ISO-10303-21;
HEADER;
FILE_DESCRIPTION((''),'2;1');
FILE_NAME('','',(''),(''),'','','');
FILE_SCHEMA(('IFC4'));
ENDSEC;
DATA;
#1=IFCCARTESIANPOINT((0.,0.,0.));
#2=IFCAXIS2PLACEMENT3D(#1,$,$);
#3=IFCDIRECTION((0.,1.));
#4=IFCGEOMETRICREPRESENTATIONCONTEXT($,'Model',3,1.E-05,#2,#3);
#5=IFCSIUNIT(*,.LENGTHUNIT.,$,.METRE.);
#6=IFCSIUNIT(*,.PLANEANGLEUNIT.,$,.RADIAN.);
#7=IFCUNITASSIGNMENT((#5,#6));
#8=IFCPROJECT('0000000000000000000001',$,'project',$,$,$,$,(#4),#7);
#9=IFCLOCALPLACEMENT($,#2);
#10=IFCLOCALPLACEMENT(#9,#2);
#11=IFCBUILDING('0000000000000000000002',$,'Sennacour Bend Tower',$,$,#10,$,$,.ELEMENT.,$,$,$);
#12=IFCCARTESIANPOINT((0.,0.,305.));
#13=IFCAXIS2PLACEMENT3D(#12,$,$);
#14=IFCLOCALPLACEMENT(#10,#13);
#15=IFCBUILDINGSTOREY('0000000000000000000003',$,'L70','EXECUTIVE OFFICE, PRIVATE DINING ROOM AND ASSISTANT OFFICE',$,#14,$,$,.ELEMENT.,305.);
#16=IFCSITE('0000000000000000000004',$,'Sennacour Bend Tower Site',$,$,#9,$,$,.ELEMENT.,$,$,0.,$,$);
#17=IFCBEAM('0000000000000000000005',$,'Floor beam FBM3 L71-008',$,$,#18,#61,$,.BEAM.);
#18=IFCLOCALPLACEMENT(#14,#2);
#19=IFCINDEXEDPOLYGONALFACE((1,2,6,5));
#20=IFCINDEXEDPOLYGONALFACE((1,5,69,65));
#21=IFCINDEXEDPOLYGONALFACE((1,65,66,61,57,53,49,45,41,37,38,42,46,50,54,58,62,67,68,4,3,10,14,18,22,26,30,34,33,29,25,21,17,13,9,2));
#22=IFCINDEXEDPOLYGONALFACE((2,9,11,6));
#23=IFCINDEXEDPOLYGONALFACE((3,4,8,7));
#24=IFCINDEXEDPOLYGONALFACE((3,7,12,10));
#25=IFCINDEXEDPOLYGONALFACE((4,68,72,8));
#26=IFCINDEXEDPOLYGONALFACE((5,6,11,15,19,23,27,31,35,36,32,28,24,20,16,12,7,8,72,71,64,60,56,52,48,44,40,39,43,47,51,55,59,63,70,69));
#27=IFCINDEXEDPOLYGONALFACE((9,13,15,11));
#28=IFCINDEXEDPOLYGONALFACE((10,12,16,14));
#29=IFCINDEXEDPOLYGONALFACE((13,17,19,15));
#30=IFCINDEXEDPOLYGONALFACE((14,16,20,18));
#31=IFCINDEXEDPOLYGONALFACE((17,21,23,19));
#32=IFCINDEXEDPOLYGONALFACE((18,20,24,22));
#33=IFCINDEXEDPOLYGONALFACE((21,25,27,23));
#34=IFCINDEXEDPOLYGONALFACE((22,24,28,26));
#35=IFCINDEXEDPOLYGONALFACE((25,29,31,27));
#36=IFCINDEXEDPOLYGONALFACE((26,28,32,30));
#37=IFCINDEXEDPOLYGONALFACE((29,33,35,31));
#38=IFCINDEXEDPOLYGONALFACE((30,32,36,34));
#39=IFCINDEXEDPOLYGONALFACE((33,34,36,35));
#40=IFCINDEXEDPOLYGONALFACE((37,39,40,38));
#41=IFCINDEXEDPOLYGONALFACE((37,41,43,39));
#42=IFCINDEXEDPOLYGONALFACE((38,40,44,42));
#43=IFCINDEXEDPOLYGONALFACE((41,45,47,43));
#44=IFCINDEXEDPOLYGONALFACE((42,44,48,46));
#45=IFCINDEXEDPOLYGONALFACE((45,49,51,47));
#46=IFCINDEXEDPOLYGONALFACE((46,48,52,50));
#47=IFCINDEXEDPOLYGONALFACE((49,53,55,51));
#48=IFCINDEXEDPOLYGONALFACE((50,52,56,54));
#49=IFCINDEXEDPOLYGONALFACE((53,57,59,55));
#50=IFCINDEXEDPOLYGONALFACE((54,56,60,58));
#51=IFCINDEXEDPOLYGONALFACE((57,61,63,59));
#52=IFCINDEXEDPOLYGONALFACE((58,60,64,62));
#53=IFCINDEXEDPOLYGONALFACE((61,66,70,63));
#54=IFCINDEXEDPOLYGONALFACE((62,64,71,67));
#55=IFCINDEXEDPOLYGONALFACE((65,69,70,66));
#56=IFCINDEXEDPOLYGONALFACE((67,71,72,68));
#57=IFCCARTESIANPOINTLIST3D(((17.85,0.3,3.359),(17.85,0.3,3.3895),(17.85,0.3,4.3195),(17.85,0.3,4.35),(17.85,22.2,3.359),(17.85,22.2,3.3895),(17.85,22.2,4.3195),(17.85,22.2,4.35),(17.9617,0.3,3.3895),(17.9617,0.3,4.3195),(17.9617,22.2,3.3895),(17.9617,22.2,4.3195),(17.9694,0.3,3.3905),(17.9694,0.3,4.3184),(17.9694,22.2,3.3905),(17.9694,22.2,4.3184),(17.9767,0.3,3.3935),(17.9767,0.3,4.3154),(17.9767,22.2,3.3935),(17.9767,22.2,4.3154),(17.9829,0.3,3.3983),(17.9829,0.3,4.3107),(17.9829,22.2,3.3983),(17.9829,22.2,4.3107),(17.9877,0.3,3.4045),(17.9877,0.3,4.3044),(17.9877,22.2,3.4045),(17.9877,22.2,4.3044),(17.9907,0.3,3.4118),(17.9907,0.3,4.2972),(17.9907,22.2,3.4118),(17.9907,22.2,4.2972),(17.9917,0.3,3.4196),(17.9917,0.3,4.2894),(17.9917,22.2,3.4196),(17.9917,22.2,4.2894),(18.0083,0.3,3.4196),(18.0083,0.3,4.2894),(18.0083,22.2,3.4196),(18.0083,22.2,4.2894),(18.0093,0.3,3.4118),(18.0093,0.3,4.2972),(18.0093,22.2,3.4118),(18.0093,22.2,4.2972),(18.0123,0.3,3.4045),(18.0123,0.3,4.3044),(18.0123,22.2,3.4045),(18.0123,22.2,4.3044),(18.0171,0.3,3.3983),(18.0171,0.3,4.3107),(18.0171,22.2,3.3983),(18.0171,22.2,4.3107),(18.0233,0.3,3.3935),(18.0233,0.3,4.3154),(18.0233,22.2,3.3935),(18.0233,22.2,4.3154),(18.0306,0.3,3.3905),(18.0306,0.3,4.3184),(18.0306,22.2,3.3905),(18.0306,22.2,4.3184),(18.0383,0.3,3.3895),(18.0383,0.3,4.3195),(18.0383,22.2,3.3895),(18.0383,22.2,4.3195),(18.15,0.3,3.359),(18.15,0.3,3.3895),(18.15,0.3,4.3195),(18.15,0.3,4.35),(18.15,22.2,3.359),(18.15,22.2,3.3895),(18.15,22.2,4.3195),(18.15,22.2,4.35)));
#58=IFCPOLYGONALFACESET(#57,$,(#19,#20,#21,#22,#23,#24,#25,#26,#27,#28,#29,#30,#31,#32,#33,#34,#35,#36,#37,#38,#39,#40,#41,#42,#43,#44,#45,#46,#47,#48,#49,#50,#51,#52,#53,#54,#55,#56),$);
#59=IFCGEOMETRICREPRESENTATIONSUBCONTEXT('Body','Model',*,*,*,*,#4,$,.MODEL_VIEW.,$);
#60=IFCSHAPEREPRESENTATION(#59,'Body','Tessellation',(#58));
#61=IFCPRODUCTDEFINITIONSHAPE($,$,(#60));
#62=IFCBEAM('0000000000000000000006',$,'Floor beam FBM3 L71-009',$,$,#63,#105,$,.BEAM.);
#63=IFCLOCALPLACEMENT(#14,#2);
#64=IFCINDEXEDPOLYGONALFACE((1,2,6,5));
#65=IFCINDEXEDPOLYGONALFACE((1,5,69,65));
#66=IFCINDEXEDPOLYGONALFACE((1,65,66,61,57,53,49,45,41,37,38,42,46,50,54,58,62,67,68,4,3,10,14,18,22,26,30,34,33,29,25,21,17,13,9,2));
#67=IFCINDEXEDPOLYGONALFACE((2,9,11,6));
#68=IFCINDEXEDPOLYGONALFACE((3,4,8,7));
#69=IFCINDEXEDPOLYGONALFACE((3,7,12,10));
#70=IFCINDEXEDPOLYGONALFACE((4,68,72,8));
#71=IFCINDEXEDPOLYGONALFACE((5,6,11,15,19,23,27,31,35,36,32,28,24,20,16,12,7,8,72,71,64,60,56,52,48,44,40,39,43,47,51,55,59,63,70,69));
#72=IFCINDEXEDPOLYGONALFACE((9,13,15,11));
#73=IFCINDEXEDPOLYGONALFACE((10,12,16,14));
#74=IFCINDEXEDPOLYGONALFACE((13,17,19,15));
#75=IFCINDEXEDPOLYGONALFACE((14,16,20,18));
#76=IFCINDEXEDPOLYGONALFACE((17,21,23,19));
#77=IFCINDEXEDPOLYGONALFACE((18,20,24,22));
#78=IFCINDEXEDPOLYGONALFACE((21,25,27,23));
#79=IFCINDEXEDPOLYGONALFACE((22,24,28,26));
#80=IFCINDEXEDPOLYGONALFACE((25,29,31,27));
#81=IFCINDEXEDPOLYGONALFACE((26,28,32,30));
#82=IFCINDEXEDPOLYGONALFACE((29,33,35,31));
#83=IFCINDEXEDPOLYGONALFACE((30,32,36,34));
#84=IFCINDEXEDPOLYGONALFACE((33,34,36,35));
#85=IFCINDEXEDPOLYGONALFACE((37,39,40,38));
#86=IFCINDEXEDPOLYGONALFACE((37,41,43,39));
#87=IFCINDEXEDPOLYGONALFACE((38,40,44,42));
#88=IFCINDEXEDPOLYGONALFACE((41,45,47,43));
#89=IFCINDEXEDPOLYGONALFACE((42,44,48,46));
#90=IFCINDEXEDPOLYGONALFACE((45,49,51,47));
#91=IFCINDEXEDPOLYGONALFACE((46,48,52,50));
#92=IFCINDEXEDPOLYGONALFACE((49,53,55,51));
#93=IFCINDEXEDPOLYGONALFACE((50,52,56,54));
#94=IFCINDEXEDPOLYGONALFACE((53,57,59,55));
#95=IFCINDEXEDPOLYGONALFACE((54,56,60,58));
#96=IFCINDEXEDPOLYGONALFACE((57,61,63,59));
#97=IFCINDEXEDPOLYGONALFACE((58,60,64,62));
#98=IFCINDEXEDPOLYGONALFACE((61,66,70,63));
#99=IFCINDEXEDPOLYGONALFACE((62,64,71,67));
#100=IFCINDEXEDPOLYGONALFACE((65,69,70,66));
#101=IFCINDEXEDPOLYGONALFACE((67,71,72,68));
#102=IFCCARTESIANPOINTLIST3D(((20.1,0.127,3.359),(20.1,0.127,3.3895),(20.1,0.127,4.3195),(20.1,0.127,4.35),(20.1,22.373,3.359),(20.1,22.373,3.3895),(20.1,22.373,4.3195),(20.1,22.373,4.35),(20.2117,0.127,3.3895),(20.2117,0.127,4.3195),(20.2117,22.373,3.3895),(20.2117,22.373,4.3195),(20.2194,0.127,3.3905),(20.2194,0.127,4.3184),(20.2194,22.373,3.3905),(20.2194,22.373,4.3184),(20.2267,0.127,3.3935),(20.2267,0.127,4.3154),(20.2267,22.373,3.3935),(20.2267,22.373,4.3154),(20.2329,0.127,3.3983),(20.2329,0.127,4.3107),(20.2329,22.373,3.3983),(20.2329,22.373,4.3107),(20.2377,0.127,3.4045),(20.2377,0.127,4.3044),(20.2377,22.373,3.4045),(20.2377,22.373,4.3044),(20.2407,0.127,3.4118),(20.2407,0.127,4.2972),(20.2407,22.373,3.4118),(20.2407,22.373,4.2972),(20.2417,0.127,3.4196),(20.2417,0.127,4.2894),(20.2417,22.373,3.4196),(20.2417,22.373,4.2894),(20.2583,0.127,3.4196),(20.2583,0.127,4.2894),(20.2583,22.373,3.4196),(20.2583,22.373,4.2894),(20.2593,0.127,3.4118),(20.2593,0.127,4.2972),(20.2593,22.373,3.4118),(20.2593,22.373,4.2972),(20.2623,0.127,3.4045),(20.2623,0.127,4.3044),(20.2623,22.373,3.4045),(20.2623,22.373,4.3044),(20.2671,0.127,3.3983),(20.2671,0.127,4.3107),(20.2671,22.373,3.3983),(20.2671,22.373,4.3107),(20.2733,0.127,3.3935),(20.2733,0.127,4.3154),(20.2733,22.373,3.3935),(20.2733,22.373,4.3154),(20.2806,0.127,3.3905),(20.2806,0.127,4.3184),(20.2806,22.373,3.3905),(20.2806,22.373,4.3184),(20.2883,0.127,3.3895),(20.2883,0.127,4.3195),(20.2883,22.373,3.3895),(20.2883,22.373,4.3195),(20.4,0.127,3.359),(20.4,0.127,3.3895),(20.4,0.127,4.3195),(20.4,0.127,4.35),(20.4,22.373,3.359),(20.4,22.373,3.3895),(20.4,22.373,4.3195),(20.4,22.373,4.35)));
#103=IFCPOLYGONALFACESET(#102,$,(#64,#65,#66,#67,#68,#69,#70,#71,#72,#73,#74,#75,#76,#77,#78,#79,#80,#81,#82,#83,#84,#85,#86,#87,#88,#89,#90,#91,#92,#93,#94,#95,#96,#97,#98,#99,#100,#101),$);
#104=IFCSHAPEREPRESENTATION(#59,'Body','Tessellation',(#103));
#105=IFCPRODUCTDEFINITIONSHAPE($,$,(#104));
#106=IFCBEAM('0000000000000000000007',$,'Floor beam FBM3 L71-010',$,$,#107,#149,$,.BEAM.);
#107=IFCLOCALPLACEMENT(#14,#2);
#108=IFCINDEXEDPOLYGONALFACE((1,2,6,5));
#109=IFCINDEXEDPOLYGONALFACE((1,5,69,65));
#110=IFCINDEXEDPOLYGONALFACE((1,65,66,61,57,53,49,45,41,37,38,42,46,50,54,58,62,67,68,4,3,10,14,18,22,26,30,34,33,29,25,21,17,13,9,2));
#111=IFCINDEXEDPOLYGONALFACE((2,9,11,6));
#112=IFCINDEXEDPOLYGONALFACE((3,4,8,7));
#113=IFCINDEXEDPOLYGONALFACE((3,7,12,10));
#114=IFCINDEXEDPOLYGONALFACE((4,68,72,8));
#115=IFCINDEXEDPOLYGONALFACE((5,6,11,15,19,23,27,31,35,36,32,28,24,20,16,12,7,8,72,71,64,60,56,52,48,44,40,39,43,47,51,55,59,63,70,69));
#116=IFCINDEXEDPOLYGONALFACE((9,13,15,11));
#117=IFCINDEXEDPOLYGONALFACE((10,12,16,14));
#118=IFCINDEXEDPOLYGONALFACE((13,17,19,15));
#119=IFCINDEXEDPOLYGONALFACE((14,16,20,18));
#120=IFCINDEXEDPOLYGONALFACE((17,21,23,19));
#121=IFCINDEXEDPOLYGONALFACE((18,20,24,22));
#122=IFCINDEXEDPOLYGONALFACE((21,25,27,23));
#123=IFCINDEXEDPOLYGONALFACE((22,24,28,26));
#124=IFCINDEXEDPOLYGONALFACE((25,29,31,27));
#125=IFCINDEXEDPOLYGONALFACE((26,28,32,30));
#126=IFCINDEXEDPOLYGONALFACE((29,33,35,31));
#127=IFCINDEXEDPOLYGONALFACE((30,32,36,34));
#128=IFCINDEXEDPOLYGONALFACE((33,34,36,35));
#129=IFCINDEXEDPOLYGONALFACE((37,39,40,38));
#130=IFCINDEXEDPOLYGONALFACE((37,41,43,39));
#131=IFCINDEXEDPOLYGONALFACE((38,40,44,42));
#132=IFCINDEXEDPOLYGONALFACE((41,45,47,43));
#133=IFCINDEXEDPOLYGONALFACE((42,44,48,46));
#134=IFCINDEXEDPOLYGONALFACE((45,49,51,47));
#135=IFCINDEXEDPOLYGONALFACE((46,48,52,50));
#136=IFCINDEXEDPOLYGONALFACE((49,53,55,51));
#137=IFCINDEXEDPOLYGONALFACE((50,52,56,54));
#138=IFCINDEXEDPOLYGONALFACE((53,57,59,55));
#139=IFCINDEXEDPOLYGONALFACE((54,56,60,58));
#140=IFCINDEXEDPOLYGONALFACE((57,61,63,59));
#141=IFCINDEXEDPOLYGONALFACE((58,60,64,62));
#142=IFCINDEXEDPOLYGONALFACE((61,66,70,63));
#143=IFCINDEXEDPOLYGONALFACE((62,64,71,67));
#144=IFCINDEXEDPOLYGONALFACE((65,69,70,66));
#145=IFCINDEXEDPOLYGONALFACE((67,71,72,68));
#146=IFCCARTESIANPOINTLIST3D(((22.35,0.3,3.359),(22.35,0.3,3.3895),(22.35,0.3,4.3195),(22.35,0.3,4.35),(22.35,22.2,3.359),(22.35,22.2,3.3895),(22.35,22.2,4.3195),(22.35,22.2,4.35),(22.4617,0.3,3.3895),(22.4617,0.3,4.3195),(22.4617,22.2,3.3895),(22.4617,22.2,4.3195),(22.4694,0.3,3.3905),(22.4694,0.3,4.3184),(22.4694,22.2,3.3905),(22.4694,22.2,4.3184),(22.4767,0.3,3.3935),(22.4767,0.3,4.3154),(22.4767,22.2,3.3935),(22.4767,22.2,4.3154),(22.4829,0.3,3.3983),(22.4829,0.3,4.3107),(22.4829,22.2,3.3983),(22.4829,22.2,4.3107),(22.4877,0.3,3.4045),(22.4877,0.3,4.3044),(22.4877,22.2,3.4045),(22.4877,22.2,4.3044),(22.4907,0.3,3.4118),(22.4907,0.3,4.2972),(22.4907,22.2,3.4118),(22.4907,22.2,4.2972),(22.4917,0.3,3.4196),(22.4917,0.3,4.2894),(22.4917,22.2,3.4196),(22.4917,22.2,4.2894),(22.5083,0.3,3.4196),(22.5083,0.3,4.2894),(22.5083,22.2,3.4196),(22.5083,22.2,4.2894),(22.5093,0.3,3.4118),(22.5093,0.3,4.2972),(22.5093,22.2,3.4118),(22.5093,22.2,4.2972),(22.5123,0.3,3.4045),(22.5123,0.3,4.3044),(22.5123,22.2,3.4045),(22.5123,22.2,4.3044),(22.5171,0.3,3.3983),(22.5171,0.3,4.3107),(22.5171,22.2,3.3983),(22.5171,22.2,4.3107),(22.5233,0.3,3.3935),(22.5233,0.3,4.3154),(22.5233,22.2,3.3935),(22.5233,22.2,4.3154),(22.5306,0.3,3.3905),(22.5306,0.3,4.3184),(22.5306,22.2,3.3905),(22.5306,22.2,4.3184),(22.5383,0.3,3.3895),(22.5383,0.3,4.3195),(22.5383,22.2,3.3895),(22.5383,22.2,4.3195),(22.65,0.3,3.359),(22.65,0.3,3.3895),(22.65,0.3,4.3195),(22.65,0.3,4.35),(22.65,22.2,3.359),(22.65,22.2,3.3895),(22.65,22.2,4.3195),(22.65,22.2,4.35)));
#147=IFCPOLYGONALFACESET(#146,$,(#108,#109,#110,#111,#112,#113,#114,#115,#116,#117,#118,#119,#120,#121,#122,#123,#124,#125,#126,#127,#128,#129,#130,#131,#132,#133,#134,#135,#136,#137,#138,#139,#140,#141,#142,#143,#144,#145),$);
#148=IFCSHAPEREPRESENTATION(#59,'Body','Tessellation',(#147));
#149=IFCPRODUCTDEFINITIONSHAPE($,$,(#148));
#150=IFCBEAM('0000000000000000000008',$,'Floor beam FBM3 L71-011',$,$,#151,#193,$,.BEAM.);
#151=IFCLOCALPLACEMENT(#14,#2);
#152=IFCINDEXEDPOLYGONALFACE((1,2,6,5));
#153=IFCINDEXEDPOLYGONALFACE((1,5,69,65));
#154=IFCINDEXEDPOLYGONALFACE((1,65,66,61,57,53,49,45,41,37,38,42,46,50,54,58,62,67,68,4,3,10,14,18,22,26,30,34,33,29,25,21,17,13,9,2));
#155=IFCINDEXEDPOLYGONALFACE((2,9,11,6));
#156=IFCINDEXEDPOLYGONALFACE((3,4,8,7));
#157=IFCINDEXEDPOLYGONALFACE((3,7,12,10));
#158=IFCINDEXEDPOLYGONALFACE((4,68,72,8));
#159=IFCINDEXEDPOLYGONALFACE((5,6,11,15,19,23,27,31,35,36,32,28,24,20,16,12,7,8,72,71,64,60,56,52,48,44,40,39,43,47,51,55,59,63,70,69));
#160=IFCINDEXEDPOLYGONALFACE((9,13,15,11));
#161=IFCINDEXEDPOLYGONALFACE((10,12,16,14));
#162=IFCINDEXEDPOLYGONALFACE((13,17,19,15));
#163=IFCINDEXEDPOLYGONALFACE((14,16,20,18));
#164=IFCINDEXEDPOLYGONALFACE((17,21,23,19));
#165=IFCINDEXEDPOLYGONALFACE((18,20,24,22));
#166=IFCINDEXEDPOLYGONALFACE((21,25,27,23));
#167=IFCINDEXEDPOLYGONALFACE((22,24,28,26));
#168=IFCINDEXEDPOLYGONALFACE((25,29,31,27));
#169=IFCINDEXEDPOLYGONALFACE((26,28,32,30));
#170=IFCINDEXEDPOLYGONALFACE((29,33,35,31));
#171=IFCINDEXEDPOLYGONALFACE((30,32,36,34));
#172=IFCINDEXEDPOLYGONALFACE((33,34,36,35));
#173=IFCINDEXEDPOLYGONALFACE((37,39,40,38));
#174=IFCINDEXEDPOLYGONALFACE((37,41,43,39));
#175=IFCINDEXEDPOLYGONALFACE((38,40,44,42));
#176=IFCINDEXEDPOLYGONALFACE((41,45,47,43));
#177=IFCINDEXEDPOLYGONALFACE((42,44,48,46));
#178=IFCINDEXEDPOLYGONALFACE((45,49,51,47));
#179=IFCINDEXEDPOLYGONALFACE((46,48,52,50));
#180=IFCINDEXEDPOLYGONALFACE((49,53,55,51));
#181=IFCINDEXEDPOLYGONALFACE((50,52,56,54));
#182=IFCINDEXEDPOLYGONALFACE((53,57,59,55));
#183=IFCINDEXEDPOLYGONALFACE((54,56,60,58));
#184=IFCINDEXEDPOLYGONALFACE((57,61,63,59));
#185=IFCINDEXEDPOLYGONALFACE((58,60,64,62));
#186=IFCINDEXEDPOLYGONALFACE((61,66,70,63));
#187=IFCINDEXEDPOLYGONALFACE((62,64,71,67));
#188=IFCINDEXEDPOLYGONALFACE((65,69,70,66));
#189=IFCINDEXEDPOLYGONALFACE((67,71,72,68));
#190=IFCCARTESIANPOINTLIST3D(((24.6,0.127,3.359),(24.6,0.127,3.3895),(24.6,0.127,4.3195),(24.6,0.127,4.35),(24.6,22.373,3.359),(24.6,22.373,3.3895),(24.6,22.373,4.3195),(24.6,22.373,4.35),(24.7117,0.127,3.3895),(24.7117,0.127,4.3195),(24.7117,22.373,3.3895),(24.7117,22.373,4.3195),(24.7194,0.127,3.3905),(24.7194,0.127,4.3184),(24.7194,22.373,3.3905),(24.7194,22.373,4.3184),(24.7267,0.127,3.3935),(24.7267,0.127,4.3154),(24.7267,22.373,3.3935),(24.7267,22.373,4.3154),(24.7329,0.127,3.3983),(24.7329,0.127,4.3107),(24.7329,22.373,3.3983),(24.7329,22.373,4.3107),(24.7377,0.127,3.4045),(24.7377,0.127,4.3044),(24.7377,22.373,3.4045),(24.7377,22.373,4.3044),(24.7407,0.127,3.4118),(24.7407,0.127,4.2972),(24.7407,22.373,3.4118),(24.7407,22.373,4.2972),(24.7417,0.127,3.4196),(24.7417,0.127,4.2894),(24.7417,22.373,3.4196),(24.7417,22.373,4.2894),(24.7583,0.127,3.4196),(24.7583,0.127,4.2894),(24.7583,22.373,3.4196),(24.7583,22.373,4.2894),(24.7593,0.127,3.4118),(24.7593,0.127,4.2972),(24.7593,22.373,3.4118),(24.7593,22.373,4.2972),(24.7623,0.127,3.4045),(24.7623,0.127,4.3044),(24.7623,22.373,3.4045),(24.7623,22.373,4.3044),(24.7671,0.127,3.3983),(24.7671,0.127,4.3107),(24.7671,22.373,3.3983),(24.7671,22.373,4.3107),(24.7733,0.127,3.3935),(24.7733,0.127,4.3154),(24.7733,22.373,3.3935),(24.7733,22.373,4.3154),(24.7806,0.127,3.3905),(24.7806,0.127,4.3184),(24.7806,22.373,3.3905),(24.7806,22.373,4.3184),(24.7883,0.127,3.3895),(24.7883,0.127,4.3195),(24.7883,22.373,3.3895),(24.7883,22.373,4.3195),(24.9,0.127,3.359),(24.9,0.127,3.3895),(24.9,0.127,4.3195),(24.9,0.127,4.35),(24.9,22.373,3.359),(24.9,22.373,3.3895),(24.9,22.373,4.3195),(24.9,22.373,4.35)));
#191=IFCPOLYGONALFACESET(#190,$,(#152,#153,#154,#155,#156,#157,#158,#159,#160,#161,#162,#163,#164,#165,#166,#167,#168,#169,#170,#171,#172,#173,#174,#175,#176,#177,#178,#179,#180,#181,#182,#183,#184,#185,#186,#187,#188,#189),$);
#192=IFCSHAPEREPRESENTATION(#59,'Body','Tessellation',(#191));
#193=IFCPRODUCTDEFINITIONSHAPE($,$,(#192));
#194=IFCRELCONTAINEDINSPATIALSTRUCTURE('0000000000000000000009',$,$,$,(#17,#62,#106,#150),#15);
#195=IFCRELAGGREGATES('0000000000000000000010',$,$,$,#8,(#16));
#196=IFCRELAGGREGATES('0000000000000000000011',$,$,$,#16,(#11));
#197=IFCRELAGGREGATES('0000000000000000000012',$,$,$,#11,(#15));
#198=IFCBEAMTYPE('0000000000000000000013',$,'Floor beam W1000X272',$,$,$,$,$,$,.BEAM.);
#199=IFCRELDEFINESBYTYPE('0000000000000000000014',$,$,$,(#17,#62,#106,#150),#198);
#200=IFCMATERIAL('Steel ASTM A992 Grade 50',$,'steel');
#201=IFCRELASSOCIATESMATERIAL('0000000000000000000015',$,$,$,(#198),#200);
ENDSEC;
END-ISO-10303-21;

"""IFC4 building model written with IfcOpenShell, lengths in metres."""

from ifc_helpers import new_model, si_unit, direction, frame, origin, origin_2d, place, context, subcontext, project, spatial, i_section, extrude, material, material_profile, profile_set, type_object, element, save


model = new_model("IFC4")

# Units and contexts
model_context = context("Model", 3, precision=1e-05, world=origin(), true_north=direction((0.0, 1.0)))
body_context = subcontext(model_context, "Body", "Model", "MODEL_VIEW")
ifc_project = project(units=[si_unit("LENGTHUNIT", "METRE"), si_unit("PLANEANGLEUNIT", "RADIAN")], contexts=[model_context])

# Site, building, storey
site_placement = place(None, origin())
site = spatial("IfcSite", under=ifc_project, at=site_placement, Name="Sennacour Bend Tower Site", CompositionType="ELEMENT", RefElevation=0.0)
building_placement = place(site_placement, origin())
building = spatial("IfcBuilding", under=site, at=building_placement, Name="Sennacour Bend Tower", CompositionType="ELEMENT")
storey_placement = place(building_placement, frame((0.0, 0.0, 305.0)))
storey = spatial("IfcBuildingStorey", under=building, at=storey_placement, Name="L70", Description="EXECUTIVE OFFICE, PRIVATE DINING ROOM AND ASSISTANT OFFICE", CompositionType="ELEMENT", Elevation=305.0)

# Beams
ifc_material_1 = material(Name="Steel ASTM A992 Grade 50", Category="steel")
ifc_material_profile_1 = material_profile(ifc_material_1, i_section(OverallWidth=0.3, OverallDepth=0.991, WebThickness=0.0166, FlangeThickness=0.0305, FilletRadius=0.03, at=origin_2d()), Name="Steel ASTM A992 Grade 50", Category="steel")
ifc_profile_set_1 = profile_set([ifc_material_profile_1], Name="Steel ASTM A992 Grade 50")
beam_type_1 = type_object("IfcBeamType", Name="Floor beam W1000X272", PredefinedType="BEAM", material=ifc_profile_set_1)
beam_1_placement = place(storey_placement, frame((18.0, 0.3, 3.8545), z_axis=(0.0, 1.0, 0.0), x_axis=(-1.0, 0.0, 0.0)))
element("IfcBeam", 1, at=beam_1_placement, inside=storey, type_object=beam_type_1, Name="Floor beam FBM3 L71-008", PredefinedType="BEAM", context=body_context, shape_type="SweptSolid", body=[
    extrude(i_section(OverallWidth=0.3, OverallDepth=0.991, WebThickness=0.0166, FlangeThickness=0.0305, FilletRadius=0.03, at=origin_2d()), origin(), (0.0, 0.0, 1.0), 21.8999),
])
beam_2_placement = place(storey_placement, frame((20.25, 0.127, 3.8545), z_axis=(0.0, 1.0, 0.0), x_axis=(-1.0, 0.0, 0.0)))
element("IfcBeam", 2, at=beam_2_placement, inside=storey, type_object=beam_type_1, Name="Floor beam FBM3 L71-009", PredefinedType="BEAM", context=body_context, shape_type="SweptSolid", body=[
    extrude(i_section(OverallWidth=0.3, OverallDepth=0.991, WebThickness=0.0166, FlangeThickness=0.0305, FilletRadius=0.03, at=origin_2d()), origin(), (0.0, 0.0, 1.0), 22.2461),
])
beam_3_placement = place(storey_placement, frame((22.5, 0.3, 3.8545), z_axis=(0.0, 1.0, 0.0), x_axis=(-1.0, 0.0, 0.0)))
element("IfcBeam", 3, at=beam_3_placement, inside=storey, type_object=beam_type_1, Name="Floor beam FBM3 L71-010", PredefinedType="BEAM", context=body_context, shape_type="SweptSolid", body=[
    extrude(i_section(OverallWidth=0.3, OverallDepth=0.991, WebThickness=0.0166, FlangeThickness=0.0305, FilletRadius=0.03, at=origin_2d()), origin(), (0.0, 0.0, 1.0), 21.8999),
])
beam_4_placement = place(storey_placement, frame((24.75, 0.127, 3.8545), z_axis=(0.0, 1.0, 0.0), x_axis=(-1.0, 0.0, 0.0)))
element("IfcBeam", 4, at=beam_4_placement, inside=storey, type_object=beam_type_1, Name="Floor beam FBM3 L71-011", PredefinedType="BEAM", context=body_context, shape_type="SweptSolid", body=[
    extrude(i_section(OverallWidth=0.3, OverallDepth=0.991, WebThickness=0.0166, FlangeThickness=0.0305, FilletRadius=0.03, at=origin_2d()), origin(), (0.0, 0.0, 1.0), 22.2461),
])

save(model, "model.ifc")
